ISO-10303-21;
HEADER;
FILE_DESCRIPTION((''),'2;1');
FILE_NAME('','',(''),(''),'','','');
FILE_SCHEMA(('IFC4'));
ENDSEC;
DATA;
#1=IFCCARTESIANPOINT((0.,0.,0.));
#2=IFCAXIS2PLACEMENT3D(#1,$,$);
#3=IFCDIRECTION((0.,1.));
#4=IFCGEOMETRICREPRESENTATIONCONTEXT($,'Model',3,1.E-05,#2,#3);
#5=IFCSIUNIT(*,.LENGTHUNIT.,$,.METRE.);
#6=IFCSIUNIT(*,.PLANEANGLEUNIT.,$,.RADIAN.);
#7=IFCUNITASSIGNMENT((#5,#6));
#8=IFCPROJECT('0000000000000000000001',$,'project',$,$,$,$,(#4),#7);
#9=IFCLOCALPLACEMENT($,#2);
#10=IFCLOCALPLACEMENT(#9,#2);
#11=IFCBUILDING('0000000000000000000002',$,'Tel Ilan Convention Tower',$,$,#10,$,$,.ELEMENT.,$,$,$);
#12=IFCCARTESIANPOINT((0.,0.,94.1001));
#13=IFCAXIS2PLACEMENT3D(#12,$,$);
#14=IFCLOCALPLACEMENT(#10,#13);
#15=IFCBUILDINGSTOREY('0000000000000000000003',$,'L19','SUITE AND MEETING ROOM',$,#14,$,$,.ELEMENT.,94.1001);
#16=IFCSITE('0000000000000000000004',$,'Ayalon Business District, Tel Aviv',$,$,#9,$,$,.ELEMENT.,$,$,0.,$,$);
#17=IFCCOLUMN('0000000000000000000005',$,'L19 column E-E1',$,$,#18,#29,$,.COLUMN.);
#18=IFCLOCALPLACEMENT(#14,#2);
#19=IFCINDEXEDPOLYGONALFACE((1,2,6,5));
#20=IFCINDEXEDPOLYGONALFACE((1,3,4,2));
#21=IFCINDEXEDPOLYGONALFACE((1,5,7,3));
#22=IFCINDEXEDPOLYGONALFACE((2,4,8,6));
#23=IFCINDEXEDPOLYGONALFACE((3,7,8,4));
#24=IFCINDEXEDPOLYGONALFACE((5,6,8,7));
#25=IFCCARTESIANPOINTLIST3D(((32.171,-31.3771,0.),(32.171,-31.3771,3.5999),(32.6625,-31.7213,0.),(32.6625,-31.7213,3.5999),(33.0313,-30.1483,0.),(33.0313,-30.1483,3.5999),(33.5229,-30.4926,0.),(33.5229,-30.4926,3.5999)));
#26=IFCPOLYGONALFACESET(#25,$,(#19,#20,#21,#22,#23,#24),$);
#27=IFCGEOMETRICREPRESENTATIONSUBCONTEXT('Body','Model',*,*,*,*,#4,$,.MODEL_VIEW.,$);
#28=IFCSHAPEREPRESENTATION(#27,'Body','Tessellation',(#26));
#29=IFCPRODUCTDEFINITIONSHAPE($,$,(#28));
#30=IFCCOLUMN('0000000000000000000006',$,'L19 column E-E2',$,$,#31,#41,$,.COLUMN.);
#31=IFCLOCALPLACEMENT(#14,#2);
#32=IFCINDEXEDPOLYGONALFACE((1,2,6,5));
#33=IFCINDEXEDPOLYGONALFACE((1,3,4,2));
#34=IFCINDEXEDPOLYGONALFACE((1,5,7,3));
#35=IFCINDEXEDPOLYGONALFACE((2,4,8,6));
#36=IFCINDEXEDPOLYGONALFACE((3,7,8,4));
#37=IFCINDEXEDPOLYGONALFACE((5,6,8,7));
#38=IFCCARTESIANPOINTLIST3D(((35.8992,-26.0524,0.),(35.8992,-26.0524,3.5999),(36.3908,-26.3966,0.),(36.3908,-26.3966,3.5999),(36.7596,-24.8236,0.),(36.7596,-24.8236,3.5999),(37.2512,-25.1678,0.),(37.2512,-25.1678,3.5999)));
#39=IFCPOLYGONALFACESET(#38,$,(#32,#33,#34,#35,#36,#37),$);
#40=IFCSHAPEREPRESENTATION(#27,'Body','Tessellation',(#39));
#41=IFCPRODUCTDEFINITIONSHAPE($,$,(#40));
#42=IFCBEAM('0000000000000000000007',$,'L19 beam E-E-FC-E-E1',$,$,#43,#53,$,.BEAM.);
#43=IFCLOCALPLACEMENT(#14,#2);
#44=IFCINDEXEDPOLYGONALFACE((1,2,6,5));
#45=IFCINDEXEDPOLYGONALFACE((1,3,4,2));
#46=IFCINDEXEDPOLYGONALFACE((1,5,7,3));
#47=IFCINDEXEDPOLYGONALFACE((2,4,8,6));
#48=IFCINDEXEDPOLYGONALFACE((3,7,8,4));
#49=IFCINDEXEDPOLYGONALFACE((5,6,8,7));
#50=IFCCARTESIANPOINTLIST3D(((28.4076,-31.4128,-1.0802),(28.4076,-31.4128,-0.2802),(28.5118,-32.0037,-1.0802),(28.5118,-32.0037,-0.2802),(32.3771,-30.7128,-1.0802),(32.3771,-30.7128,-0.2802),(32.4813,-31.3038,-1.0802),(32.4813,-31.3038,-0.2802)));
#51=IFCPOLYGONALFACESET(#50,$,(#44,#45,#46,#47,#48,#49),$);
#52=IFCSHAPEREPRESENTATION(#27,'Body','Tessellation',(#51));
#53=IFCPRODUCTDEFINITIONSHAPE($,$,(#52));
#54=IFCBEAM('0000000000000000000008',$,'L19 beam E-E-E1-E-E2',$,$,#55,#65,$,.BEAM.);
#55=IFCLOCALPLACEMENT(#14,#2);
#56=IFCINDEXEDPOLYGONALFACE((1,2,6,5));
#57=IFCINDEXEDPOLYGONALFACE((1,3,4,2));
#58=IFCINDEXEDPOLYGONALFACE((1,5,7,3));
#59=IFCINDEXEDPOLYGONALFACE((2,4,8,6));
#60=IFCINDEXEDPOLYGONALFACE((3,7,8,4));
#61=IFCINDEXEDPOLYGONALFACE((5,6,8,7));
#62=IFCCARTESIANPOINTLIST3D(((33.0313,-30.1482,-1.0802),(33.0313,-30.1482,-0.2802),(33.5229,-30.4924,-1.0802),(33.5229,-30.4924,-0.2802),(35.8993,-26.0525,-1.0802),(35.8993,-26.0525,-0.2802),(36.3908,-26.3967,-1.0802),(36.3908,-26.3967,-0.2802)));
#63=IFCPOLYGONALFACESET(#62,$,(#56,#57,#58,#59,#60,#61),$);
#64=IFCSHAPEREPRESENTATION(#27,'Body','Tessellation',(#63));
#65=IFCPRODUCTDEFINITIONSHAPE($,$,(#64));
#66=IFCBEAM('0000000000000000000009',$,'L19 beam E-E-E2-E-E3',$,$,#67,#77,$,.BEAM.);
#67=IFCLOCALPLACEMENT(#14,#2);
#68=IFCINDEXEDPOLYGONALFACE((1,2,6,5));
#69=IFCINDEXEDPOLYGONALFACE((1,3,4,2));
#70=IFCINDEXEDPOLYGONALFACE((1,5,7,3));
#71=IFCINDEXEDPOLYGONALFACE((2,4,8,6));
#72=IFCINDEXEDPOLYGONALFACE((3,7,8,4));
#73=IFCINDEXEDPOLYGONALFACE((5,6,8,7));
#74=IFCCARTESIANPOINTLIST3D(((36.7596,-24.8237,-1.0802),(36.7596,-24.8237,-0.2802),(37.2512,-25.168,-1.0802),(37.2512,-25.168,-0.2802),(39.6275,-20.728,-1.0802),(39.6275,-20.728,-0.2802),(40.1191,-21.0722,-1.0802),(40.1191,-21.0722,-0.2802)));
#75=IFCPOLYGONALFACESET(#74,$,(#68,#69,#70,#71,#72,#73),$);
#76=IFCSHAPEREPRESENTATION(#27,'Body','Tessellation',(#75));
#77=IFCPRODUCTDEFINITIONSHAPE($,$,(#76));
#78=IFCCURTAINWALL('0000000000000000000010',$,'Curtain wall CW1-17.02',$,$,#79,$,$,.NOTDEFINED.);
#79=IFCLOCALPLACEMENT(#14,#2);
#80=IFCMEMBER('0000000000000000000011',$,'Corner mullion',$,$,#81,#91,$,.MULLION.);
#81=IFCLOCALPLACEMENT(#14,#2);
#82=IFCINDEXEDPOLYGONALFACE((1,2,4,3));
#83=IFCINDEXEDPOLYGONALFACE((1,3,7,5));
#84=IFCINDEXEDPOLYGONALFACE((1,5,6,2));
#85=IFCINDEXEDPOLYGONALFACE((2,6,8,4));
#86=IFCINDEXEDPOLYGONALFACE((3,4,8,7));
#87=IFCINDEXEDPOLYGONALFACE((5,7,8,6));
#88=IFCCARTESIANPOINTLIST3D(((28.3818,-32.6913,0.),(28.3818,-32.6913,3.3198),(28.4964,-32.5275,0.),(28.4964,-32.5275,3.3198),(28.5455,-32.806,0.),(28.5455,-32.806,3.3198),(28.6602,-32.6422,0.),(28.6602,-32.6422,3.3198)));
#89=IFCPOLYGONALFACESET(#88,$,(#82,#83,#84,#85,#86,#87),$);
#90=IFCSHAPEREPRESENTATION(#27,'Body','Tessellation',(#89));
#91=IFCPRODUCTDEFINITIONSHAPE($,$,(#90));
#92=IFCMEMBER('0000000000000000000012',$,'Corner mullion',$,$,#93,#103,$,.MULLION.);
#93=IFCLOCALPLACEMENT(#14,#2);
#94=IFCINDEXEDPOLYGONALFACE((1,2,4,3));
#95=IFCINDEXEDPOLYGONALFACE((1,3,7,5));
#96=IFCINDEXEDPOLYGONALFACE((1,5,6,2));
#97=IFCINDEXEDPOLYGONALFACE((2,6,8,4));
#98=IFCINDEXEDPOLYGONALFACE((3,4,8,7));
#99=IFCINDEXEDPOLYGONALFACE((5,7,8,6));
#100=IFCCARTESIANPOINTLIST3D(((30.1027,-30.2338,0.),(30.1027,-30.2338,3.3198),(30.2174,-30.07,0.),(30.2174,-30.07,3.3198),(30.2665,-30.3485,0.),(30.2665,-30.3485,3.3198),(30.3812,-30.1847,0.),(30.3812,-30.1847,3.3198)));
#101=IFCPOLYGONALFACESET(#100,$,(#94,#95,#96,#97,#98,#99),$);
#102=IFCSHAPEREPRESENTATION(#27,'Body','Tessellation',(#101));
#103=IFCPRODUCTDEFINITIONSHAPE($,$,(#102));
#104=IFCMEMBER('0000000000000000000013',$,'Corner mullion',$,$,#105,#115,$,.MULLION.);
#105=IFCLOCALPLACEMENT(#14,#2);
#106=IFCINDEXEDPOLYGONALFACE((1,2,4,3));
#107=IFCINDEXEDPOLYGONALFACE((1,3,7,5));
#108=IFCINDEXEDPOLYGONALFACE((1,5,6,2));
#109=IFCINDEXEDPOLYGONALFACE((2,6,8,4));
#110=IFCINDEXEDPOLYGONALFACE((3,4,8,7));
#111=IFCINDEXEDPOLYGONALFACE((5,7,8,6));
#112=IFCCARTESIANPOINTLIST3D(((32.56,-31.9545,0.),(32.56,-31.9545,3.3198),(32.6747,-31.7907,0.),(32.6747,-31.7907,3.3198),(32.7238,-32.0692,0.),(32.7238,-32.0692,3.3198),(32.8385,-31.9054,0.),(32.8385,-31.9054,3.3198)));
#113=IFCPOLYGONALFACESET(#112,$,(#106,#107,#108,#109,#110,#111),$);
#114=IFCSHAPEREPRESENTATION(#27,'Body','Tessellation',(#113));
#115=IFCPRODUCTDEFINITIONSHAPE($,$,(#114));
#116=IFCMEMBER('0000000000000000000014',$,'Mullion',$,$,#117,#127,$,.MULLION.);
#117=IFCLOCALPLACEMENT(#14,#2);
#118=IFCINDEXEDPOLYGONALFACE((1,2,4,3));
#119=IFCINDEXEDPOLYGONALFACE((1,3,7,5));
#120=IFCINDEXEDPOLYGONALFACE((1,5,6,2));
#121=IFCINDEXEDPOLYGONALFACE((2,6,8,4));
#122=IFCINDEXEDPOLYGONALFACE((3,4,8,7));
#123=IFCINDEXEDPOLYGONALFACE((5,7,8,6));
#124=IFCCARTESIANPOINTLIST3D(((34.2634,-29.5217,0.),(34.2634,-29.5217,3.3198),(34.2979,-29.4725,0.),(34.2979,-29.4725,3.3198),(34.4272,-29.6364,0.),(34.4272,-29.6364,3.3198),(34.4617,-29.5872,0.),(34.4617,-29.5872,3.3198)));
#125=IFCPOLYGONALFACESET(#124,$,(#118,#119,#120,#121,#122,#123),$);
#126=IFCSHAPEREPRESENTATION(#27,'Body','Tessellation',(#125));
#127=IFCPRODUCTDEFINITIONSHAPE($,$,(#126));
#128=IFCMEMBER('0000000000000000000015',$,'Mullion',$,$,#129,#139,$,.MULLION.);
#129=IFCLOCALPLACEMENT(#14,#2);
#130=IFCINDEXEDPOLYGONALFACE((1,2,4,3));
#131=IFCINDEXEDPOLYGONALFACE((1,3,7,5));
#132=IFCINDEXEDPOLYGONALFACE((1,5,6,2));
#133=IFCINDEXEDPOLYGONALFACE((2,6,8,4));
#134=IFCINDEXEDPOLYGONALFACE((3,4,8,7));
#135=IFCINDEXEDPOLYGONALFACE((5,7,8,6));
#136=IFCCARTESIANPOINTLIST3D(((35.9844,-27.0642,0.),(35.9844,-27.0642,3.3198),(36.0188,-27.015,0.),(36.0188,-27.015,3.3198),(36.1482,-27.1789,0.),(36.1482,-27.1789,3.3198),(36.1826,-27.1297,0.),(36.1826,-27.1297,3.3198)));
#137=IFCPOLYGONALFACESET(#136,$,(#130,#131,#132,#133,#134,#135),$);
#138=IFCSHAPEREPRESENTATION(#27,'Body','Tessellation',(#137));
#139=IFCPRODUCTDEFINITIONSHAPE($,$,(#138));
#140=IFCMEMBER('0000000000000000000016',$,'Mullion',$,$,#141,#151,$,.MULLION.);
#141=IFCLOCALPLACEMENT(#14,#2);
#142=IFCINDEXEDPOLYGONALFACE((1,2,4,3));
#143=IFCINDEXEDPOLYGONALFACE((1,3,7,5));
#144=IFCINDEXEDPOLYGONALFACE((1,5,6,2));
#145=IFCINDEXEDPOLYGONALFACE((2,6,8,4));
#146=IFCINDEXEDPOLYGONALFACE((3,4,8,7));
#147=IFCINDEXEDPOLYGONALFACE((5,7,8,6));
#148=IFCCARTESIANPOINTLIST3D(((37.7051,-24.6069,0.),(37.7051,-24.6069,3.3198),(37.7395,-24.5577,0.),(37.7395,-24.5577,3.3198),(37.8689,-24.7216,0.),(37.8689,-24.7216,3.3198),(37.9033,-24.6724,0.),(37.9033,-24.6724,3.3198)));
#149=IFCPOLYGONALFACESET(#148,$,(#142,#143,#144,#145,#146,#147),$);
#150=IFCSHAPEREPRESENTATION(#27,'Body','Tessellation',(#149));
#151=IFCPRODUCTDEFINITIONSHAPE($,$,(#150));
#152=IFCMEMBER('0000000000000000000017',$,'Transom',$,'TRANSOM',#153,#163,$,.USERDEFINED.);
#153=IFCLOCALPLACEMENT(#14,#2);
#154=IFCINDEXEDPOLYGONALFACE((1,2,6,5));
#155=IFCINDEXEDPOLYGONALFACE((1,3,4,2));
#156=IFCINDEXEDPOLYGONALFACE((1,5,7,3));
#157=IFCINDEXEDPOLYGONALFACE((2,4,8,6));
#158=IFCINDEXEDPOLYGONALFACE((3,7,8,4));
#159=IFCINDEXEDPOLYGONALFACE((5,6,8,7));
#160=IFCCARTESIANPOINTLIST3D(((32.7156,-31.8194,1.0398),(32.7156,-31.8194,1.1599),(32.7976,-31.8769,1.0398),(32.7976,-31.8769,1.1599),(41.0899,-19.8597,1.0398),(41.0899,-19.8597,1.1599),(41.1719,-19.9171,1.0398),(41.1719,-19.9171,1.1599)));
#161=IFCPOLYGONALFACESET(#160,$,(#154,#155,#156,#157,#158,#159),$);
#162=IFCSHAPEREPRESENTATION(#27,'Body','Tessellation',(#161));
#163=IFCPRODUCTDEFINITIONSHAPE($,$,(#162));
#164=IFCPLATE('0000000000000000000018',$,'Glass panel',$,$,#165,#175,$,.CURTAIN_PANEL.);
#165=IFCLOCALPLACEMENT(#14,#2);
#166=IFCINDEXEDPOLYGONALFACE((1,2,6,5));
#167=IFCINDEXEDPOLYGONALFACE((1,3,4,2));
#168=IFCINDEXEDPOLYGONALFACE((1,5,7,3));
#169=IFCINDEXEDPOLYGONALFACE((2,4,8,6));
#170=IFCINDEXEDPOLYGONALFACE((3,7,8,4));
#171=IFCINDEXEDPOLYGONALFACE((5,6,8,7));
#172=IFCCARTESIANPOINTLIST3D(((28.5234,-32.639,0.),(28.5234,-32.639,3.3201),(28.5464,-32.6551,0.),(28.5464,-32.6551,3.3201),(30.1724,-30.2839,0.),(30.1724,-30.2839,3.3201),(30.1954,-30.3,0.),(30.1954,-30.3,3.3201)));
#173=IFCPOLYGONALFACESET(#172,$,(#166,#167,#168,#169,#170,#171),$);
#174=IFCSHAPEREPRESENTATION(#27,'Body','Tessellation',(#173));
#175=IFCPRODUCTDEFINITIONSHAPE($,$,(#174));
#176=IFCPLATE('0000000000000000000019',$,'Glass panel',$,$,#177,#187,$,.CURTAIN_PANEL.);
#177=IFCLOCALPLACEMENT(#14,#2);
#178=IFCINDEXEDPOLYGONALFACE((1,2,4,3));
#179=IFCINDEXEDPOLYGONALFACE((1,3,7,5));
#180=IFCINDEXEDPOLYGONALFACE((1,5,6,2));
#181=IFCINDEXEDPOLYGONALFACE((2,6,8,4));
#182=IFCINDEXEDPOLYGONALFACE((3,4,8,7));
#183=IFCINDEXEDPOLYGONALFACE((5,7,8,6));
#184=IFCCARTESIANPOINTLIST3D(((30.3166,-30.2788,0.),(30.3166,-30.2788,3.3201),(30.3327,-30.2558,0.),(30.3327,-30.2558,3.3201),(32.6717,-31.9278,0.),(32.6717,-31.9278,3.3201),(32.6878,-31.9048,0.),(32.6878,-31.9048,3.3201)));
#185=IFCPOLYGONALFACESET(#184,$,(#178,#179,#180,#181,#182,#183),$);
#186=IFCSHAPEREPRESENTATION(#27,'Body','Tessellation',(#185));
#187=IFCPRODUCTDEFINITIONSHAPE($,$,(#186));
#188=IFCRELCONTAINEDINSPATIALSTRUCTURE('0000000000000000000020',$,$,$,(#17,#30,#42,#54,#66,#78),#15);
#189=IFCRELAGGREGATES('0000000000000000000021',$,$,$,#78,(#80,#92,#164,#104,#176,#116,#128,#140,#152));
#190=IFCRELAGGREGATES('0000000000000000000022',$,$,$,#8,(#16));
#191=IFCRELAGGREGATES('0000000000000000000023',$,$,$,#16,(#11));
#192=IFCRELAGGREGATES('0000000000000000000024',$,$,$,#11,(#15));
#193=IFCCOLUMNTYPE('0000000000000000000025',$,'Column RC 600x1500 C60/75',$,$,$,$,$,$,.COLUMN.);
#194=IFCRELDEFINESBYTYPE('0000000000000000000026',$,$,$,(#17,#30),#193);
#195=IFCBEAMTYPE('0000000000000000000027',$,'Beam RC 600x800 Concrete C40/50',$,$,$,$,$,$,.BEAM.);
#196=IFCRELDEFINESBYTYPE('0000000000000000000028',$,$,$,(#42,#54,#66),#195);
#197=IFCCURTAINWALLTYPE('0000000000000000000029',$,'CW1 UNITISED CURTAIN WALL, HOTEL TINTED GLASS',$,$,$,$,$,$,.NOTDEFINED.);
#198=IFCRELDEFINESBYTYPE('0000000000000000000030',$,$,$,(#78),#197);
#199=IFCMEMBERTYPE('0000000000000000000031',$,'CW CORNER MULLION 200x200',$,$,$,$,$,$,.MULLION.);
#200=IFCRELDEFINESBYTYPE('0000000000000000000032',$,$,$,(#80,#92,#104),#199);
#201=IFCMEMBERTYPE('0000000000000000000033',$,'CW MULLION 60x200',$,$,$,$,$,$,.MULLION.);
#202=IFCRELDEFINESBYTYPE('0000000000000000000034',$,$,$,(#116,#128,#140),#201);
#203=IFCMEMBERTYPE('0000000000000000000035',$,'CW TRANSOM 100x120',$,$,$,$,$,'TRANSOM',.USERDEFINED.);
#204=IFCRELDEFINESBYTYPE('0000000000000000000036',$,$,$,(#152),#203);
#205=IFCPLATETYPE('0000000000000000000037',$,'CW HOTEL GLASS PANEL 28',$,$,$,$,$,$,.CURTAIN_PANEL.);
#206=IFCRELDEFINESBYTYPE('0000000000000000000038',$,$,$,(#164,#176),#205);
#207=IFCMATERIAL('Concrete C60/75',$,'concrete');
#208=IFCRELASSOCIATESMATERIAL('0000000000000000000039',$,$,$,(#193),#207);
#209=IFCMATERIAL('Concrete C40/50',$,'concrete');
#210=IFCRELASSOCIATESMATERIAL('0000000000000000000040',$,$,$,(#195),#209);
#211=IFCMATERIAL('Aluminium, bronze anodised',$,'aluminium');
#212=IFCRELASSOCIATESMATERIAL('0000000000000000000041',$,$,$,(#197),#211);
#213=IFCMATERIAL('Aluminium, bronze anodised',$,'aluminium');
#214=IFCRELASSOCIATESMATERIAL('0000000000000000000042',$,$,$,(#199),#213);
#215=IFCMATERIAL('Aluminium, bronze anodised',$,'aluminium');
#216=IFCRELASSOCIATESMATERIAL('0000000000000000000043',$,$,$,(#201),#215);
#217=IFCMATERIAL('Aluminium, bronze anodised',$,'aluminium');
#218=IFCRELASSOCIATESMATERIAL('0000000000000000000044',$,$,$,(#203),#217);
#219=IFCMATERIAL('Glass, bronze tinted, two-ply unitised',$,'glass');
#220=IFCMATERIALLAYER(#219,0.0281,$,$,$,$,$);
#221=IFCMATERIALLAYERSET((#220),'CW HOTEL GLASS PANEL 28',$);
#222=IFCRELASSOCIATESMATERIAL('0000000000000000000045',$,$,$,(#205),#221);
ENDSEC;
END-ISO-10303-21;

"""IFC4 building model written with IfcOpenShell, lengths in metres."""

from ifc_helpers import new_model, si_unit, direction, frame, origin, origin_2d, place, context, subcontext, project, spatial, rectangle, extrude, material, layer, layer_set, material_profile, profile_set, type_object, element, aggregate, save


model = new_model("IFC4")

# Units and contexts
model_context = context("Model", 3, precision=1e-05, world=origin(), true_north=direction((0.0, 1.0)))
body_context = subcontext(model_context, "Body", "Model", "MODEL_VIEW")
ifc_project = project(units=[si_unit("LENGTHUNIT", "METRE"), si_unit("PLANEANGLEUNIT", "RADIAN")], contexts=[model_context])

# Site, building, storey
site_placement = place(None, origin())
site = spatial("IfcSite", under=ifc_project, at=site_placement, Name="Ayalon Business District, Tel Aviv", CompositionType="ELEMENT", RefElevation=0.0)
building_placement = place(site_placement, origin())
building = spatial("IfcBuilding", under=site, at=building_placement, Name="Tel Ilan Convention Tower", CompositionType="ELEMENT")
storey_placement = place(building_placement, frame((0.0, 0.0, 94.1001)))
storey = spatial("IfcBuildingStorey", under=building, at=storey_placement, Name="L19", Description="SUITE AND MEETING ROOM", CompositionType="ELEMENT", Elevation=94.1001)

# Columns
ifc_material_1 = material(Name="Concrete C60/75", Category="concrete")
ifc_material_profile_1 = material_profile(ifc_material_1, rectangle(XDim=1.5, YDim=0.6001, at=origin_2d()), Name="RC 600x1500")
ifc_profile_set_1 = profile_set([ifc_material_profile_1], Name="Concrete C60/75")
column_type = type_object("IfcColumnType", Name="Column RC 600x1500 C60/75", PredefinedType="COLUMN", material=ifc_profile_set_1)
for number, where, z_axis, x_axis, name in (
    (1, (32.8469, -30.9348, 0.0), (0.0, 0.0, 1.0), (0.573576, 0.819152, 0.0), "L19 column E-E1"),
    (2, (36.5752, -25.6101, 0.0), (0.0, 0.0, 1.0), (0.573576, 0.819152, 0.0), "L19 column E-E2"),
):
    element("IfcColumn", number, at=place(storey_placement, frame(where, z_axis=z_axis, x_axis=x_axis)), inside=storey, type_object=column_type, Name=name, PredefinedType="COLUMN", context=body_context, shape_type="SweptSolid", body=[
        extrude(rectangle(XDim=1.5, YDim=0.6001, at=origin_2d()), origin(), (0.0, 0.0, 1.0), 3.5999),
    ])

# Beams
ifc_material_2 = material(Name="Concrete C40/50", Category="concrete")
ifc_material_profile_2 = material_profile(ifc_material_2, rectangle(XDim=0.6001, YDim=0.8, at=origin_2d()), Name="RC 600x800")
ifc_profile_set_2 = profile_set([ifc_material_profile_2], Name="Concrete C40/50")
beam_type = type_object("IfcBeamType", Name="Beam RC 600x800 Concrete C40/50", PredefinedType="BEAM", material=ifc_profile_set_2)
beam_placement = place(storey_placement, frame((28.4597, -31.7083, -0.6802), z_axis=(0.984807, 0.173654, 0.0), x_axis=(-0.173654, 0.984807, 0.0)))
element("IfcBeam", 3, at=beam_placement, inside=storey, type_object=beam_type, Name="L19 beam E-E-FC-E-E1", PredefinedType="BEAM", context=body_context, shape_type="SweptSolid", body=[
    extrude(rectangle(XDim=0.6001, YDim=0.8, at=origin_2d()), origin(), (0.0, 0.0, 1.0), 4.0308),
])
for number, where, z_axis, x_axis, name in (
    (4, (33.2771, -30.3203, -0.6802), (0.573587, 0.819145, 0.0), (-0.819145, 0.573587, 0.0), "L19 beam E-E-E1-E-E2"),
    (5, (37.0054, -24.9958, -0.6802), (0.573587, 0.819145, 0.0), (-0.819145, 0.573587, 0.0), "L19 beam E-E-E2-E-E3"),
):
    element("IfcBeam", number, at=place(storey_placement, frame(where, z_axis=z_axis, x_axis=x_axis)), inside=storey, type_object=beam_type, Name=name, PredefinedType="BEAM", context=body_context, shape_type="SweptSolid", body=[
        extrude(rectangle(XDim=0.6001, YDim=0.8, at=origin_2d()), origin(), (0.0, 0.0, 1.0), 5.0),
    ])

# Curtain wall, members, plates
ifc_material_3 = material(Name="Aluminium, bronze anodised", Category="aluminium")
curtain_wall_type = type_object("IfcCurtainWallType", Name="CW1 UNITISED CURTAIN WALL, HOTEL TINTED GLASS", PredefinedType="NOTDEFINED", material=ifc_material_3)
curtain_wall_placement = place(storey_placement, origin())
curtain_wall = element("IfcCurtainWall", 6, at=curtain_wall_placement, inside=storey, type_object=curtain_wall_type, Name="Curtain wall CW1-17.02", PredefinedType="NOTDEFINED")
ifc_material_4 = material(Name="Aluminium, bronze anodised", Category="aluminium")
ifc_material_profile_3 = material_profile(ifc_material_4, rectangle(XDim=0.2, YDim=0.2, at=origin_2d()), Name="CW CORNER MULLION 200x200")
ifc_profile_set_3 = profile_set([ifc_material_profile_3], Name="Aluminium, bronze anodised")
member_type_1 = type_object("IfcMemberType", Name="CW CORNER MULLION 200x200", PredefinedType="MULLION", material=ifc_profile_set_3)
member_1_placement = place(storey_placement, frame((28.521, -32.6667, 0.0), z_axis=(0.0, 0.0, 1.0), x_axis=(0.819152, -0.573576, 0.0)))
member_1 = element("IfcMember", 7, at=member_1_placement, type_object=member_type_1, Name="Corner mullion", PredefinedType="MULLION", context=body_context, shape_type="SweptSolid", body=[
    extrude(rectangle(XDim=0.2, YDim=0.2, at=origin_2d()), origin(), (0.0, 0.0, 1.0), 3.3198),
])
member_2_placement = place(storey_placement, frame((30.2419, -30.2092, 0.0), z_axis=(0.0, 0.0, 1.0), x_axis=(0.573576, 0.819152, 0.0)))
member_2 = element("IfcMember", 8, at=member_2_placement, type_object=member_type_1, Name="Corner mullion", PredefinedType="MULLION", context=body_context, shape_type="SweptSolid", body=[
    extrude(rectangle(XDim=0.2, YDim=0.2, at=origin_2d()), origin(), (0.0, 0.0, 1.0), 3.3198),
])
member_3_placement = place(storey_placement, frame((32.6992, -31.9299, 0.0), z_axis=(0.0, 0.0, 1.0), x_axis=(0.819152, -0.573576, 0.0)))
member_3 = element("IfcMember", 9, at=member_3_placement, type_object=member_type_1, Name="Corner mullion", PredefinedType="MULLION", context=body_context, shape_type="SweptSolid", body=[
    extrude(rectangle(XDim=0.2, YDim=0.2, at=origin_2d()), origin(), (0.0, 0.0, 1.0), 3.3198),
])
ifc_material_5 = material(Name="Aluminium, bronze anodised", Category="aluminium")
ifc_material_profile_4 = material_profile(ifc_material_5, rectangle(XDim=0.0601, YDim=0.2, at=origin_2d()), Name="CW MULLION 60x200")
ifc_profile_set_4 = profile_set([ifc_material_profile_4], Name="Aluminium, bronze anodised")
member_type_2 = type_object("IfcMemberType", Name="CW MULLION 60x200", PredefinedType="MULLION", material=ifc_profile_set_4)
member_4_placement = place(storey_placement, frame((34.3625, -29.5544, 0.0), z_axis=(0.0, 0.0, 1.0), x_axis=(0.573576, 0.819152, 0.0)))
member_4 = element("IfcMember", 10, at=member_4_placement, type_object=member_type_2, Name="Mullion", PredefinedType="MULLION", context=body_context, shape_type="SweptSolid", body=[
    extrude(rectangle(XDim=0.0601, YDim=0.2, at=origin_2d()), origin(), (0.0, 0.0, 1.0), 3.3198),
])
member_5_placement = place(storey_placement, frame((36.0835, -27.0969, 0.0), z_axis=(0.0, 0.0, 1.0), x_axis=(0.573576, 0.819152, 0.0)))
member_5 = element("IfcMember", 11, at=member_5_placement, type_object=member_type_2, Name="Mullion", PredefinedType="MULLION", context=body_context, shape_type="SweptSolid", body=[
    extrude(rectangle(XDim=0.0601, YDim=0.2, at=origin_2d()), origin(), (0.0, 0.0, 1.0), 3.3198),
])
member_6_placement = place(storey_placement, frame((37.8042, -24.6396, 0.0), z_axis=(0.0, 0.0, 1.0), x_axis=(0.573576, 0.819152, 0.0)))
member_6 = element("IfcMember", 12, at=member_6_placement, type_object=member_type_2, Name="Mullion", PredefinedType="MULLION", context=body_context, shape_type="SweptSolid", body=[
    extrude(rectangle(XDim=0.0601, YDim=0.2, at=origin_2d()), origin(), (0.0, 0.0, 1.0), 3.3198),
])
ifc_material_6 = material(Name="Aluminium, bronze anodised", Category="aluminium")
ifc_material_profile_5 = material_profile(ifc_material_6, rectangle(XDim=0.1001, YDim=0.1201, at=origin_2d()), Name="CW TRANSOM 100x120")
ifc_profile_set_5 = profile_set([ifc_material_profile_5], Name="Aluminium, bronze anodised")
member_type_3 = type_object("IfcMemberType", Name="CW TRANSOM 100x120", ElementType="TRANSOM", PredefinedType="USERDEFINED", material=ifc_profile_set_5)
member_7_placement = place(storey_placement, frame((32.7566, -31.8481, 1.0999), z_axis=(0.573576, 0.819153, 0.0), x_axis=(-0.819153, 0.573576, 0.0)))
member_7 = element("IfcMember", 13, at=member_7_placement, type_object=member_type_3, Name="Transom", ObjectType="TRANSOM", PredefinedType="USERDEFINED", context=body_context, shape_type="SweptSolid", body=[
    extrude(rectangle(XDim=0.1001, YDim=0.1201, at=origin_2d()), origin(), (0.0, 0.0, 1.0), 14.6001),
])
ifc_material_7 = material(Name="Glass, bronze tinted, two-ply unitised", Category="glass")
ifc_layer_1 = layer(ifc_material_7, 0.0281)
ifc_layer_set_1 = layer_set([ifc_layer_1], Name="CW HOTEL GLASS PANEL 28")
plate_type = type_object("IfcPlateType", Name="CW HOTEL GLASS PANEL 28", PredefinedType="CURTAIN_PANEL", material=ifc_layer_set_1)
plate_1_placement = place(storey_placement, frame((29.3594, -31.4695, 0.0), z_axis=(0.0, 0.0, 1.0), x_axis=(0.573576, 0.819152, 0.0)))
plate_1 = element("IfcPlate", 14, at=plate_1_placement, type_object=plate_type, Name="Glass panel", PredefinedType="CURTAIN_PANEL", context=body_context, shape_type="SweptSolid", body=[
    extrude(rectangle(XDim=2.875, YDim=0.0281, at=origin_2d()), origin(), (0.0, 0.0, 1.0), 3.3201),
])
plate_2_placement = place(storey_placement, frame((31.5022, -31.0918, 0.0), z_axis=(0.0, 0.0, 1.0), x_axis=(0.819152, -0.573576, 0.0)))
plate_2 = element("IfcPlate", 15, at=plate_2_placement, type_object=plate_type, Name="Glass panel", PredefinedType="CURTAIN_PANEL", context=body_context, shape_type="SweptSolid", body=[
    extrude(rectangle(XDim=2.875, YDim=0.0281, at=origin_2d()), origin(), (0.0, 0.0, 1.0), 3.3201),
])
aggregate(curtain_wall, [member_1, member_2, plate_1, member_3, plate_2, member_4, member_5, member_6, member_7])

save(model, "model.ifc")
